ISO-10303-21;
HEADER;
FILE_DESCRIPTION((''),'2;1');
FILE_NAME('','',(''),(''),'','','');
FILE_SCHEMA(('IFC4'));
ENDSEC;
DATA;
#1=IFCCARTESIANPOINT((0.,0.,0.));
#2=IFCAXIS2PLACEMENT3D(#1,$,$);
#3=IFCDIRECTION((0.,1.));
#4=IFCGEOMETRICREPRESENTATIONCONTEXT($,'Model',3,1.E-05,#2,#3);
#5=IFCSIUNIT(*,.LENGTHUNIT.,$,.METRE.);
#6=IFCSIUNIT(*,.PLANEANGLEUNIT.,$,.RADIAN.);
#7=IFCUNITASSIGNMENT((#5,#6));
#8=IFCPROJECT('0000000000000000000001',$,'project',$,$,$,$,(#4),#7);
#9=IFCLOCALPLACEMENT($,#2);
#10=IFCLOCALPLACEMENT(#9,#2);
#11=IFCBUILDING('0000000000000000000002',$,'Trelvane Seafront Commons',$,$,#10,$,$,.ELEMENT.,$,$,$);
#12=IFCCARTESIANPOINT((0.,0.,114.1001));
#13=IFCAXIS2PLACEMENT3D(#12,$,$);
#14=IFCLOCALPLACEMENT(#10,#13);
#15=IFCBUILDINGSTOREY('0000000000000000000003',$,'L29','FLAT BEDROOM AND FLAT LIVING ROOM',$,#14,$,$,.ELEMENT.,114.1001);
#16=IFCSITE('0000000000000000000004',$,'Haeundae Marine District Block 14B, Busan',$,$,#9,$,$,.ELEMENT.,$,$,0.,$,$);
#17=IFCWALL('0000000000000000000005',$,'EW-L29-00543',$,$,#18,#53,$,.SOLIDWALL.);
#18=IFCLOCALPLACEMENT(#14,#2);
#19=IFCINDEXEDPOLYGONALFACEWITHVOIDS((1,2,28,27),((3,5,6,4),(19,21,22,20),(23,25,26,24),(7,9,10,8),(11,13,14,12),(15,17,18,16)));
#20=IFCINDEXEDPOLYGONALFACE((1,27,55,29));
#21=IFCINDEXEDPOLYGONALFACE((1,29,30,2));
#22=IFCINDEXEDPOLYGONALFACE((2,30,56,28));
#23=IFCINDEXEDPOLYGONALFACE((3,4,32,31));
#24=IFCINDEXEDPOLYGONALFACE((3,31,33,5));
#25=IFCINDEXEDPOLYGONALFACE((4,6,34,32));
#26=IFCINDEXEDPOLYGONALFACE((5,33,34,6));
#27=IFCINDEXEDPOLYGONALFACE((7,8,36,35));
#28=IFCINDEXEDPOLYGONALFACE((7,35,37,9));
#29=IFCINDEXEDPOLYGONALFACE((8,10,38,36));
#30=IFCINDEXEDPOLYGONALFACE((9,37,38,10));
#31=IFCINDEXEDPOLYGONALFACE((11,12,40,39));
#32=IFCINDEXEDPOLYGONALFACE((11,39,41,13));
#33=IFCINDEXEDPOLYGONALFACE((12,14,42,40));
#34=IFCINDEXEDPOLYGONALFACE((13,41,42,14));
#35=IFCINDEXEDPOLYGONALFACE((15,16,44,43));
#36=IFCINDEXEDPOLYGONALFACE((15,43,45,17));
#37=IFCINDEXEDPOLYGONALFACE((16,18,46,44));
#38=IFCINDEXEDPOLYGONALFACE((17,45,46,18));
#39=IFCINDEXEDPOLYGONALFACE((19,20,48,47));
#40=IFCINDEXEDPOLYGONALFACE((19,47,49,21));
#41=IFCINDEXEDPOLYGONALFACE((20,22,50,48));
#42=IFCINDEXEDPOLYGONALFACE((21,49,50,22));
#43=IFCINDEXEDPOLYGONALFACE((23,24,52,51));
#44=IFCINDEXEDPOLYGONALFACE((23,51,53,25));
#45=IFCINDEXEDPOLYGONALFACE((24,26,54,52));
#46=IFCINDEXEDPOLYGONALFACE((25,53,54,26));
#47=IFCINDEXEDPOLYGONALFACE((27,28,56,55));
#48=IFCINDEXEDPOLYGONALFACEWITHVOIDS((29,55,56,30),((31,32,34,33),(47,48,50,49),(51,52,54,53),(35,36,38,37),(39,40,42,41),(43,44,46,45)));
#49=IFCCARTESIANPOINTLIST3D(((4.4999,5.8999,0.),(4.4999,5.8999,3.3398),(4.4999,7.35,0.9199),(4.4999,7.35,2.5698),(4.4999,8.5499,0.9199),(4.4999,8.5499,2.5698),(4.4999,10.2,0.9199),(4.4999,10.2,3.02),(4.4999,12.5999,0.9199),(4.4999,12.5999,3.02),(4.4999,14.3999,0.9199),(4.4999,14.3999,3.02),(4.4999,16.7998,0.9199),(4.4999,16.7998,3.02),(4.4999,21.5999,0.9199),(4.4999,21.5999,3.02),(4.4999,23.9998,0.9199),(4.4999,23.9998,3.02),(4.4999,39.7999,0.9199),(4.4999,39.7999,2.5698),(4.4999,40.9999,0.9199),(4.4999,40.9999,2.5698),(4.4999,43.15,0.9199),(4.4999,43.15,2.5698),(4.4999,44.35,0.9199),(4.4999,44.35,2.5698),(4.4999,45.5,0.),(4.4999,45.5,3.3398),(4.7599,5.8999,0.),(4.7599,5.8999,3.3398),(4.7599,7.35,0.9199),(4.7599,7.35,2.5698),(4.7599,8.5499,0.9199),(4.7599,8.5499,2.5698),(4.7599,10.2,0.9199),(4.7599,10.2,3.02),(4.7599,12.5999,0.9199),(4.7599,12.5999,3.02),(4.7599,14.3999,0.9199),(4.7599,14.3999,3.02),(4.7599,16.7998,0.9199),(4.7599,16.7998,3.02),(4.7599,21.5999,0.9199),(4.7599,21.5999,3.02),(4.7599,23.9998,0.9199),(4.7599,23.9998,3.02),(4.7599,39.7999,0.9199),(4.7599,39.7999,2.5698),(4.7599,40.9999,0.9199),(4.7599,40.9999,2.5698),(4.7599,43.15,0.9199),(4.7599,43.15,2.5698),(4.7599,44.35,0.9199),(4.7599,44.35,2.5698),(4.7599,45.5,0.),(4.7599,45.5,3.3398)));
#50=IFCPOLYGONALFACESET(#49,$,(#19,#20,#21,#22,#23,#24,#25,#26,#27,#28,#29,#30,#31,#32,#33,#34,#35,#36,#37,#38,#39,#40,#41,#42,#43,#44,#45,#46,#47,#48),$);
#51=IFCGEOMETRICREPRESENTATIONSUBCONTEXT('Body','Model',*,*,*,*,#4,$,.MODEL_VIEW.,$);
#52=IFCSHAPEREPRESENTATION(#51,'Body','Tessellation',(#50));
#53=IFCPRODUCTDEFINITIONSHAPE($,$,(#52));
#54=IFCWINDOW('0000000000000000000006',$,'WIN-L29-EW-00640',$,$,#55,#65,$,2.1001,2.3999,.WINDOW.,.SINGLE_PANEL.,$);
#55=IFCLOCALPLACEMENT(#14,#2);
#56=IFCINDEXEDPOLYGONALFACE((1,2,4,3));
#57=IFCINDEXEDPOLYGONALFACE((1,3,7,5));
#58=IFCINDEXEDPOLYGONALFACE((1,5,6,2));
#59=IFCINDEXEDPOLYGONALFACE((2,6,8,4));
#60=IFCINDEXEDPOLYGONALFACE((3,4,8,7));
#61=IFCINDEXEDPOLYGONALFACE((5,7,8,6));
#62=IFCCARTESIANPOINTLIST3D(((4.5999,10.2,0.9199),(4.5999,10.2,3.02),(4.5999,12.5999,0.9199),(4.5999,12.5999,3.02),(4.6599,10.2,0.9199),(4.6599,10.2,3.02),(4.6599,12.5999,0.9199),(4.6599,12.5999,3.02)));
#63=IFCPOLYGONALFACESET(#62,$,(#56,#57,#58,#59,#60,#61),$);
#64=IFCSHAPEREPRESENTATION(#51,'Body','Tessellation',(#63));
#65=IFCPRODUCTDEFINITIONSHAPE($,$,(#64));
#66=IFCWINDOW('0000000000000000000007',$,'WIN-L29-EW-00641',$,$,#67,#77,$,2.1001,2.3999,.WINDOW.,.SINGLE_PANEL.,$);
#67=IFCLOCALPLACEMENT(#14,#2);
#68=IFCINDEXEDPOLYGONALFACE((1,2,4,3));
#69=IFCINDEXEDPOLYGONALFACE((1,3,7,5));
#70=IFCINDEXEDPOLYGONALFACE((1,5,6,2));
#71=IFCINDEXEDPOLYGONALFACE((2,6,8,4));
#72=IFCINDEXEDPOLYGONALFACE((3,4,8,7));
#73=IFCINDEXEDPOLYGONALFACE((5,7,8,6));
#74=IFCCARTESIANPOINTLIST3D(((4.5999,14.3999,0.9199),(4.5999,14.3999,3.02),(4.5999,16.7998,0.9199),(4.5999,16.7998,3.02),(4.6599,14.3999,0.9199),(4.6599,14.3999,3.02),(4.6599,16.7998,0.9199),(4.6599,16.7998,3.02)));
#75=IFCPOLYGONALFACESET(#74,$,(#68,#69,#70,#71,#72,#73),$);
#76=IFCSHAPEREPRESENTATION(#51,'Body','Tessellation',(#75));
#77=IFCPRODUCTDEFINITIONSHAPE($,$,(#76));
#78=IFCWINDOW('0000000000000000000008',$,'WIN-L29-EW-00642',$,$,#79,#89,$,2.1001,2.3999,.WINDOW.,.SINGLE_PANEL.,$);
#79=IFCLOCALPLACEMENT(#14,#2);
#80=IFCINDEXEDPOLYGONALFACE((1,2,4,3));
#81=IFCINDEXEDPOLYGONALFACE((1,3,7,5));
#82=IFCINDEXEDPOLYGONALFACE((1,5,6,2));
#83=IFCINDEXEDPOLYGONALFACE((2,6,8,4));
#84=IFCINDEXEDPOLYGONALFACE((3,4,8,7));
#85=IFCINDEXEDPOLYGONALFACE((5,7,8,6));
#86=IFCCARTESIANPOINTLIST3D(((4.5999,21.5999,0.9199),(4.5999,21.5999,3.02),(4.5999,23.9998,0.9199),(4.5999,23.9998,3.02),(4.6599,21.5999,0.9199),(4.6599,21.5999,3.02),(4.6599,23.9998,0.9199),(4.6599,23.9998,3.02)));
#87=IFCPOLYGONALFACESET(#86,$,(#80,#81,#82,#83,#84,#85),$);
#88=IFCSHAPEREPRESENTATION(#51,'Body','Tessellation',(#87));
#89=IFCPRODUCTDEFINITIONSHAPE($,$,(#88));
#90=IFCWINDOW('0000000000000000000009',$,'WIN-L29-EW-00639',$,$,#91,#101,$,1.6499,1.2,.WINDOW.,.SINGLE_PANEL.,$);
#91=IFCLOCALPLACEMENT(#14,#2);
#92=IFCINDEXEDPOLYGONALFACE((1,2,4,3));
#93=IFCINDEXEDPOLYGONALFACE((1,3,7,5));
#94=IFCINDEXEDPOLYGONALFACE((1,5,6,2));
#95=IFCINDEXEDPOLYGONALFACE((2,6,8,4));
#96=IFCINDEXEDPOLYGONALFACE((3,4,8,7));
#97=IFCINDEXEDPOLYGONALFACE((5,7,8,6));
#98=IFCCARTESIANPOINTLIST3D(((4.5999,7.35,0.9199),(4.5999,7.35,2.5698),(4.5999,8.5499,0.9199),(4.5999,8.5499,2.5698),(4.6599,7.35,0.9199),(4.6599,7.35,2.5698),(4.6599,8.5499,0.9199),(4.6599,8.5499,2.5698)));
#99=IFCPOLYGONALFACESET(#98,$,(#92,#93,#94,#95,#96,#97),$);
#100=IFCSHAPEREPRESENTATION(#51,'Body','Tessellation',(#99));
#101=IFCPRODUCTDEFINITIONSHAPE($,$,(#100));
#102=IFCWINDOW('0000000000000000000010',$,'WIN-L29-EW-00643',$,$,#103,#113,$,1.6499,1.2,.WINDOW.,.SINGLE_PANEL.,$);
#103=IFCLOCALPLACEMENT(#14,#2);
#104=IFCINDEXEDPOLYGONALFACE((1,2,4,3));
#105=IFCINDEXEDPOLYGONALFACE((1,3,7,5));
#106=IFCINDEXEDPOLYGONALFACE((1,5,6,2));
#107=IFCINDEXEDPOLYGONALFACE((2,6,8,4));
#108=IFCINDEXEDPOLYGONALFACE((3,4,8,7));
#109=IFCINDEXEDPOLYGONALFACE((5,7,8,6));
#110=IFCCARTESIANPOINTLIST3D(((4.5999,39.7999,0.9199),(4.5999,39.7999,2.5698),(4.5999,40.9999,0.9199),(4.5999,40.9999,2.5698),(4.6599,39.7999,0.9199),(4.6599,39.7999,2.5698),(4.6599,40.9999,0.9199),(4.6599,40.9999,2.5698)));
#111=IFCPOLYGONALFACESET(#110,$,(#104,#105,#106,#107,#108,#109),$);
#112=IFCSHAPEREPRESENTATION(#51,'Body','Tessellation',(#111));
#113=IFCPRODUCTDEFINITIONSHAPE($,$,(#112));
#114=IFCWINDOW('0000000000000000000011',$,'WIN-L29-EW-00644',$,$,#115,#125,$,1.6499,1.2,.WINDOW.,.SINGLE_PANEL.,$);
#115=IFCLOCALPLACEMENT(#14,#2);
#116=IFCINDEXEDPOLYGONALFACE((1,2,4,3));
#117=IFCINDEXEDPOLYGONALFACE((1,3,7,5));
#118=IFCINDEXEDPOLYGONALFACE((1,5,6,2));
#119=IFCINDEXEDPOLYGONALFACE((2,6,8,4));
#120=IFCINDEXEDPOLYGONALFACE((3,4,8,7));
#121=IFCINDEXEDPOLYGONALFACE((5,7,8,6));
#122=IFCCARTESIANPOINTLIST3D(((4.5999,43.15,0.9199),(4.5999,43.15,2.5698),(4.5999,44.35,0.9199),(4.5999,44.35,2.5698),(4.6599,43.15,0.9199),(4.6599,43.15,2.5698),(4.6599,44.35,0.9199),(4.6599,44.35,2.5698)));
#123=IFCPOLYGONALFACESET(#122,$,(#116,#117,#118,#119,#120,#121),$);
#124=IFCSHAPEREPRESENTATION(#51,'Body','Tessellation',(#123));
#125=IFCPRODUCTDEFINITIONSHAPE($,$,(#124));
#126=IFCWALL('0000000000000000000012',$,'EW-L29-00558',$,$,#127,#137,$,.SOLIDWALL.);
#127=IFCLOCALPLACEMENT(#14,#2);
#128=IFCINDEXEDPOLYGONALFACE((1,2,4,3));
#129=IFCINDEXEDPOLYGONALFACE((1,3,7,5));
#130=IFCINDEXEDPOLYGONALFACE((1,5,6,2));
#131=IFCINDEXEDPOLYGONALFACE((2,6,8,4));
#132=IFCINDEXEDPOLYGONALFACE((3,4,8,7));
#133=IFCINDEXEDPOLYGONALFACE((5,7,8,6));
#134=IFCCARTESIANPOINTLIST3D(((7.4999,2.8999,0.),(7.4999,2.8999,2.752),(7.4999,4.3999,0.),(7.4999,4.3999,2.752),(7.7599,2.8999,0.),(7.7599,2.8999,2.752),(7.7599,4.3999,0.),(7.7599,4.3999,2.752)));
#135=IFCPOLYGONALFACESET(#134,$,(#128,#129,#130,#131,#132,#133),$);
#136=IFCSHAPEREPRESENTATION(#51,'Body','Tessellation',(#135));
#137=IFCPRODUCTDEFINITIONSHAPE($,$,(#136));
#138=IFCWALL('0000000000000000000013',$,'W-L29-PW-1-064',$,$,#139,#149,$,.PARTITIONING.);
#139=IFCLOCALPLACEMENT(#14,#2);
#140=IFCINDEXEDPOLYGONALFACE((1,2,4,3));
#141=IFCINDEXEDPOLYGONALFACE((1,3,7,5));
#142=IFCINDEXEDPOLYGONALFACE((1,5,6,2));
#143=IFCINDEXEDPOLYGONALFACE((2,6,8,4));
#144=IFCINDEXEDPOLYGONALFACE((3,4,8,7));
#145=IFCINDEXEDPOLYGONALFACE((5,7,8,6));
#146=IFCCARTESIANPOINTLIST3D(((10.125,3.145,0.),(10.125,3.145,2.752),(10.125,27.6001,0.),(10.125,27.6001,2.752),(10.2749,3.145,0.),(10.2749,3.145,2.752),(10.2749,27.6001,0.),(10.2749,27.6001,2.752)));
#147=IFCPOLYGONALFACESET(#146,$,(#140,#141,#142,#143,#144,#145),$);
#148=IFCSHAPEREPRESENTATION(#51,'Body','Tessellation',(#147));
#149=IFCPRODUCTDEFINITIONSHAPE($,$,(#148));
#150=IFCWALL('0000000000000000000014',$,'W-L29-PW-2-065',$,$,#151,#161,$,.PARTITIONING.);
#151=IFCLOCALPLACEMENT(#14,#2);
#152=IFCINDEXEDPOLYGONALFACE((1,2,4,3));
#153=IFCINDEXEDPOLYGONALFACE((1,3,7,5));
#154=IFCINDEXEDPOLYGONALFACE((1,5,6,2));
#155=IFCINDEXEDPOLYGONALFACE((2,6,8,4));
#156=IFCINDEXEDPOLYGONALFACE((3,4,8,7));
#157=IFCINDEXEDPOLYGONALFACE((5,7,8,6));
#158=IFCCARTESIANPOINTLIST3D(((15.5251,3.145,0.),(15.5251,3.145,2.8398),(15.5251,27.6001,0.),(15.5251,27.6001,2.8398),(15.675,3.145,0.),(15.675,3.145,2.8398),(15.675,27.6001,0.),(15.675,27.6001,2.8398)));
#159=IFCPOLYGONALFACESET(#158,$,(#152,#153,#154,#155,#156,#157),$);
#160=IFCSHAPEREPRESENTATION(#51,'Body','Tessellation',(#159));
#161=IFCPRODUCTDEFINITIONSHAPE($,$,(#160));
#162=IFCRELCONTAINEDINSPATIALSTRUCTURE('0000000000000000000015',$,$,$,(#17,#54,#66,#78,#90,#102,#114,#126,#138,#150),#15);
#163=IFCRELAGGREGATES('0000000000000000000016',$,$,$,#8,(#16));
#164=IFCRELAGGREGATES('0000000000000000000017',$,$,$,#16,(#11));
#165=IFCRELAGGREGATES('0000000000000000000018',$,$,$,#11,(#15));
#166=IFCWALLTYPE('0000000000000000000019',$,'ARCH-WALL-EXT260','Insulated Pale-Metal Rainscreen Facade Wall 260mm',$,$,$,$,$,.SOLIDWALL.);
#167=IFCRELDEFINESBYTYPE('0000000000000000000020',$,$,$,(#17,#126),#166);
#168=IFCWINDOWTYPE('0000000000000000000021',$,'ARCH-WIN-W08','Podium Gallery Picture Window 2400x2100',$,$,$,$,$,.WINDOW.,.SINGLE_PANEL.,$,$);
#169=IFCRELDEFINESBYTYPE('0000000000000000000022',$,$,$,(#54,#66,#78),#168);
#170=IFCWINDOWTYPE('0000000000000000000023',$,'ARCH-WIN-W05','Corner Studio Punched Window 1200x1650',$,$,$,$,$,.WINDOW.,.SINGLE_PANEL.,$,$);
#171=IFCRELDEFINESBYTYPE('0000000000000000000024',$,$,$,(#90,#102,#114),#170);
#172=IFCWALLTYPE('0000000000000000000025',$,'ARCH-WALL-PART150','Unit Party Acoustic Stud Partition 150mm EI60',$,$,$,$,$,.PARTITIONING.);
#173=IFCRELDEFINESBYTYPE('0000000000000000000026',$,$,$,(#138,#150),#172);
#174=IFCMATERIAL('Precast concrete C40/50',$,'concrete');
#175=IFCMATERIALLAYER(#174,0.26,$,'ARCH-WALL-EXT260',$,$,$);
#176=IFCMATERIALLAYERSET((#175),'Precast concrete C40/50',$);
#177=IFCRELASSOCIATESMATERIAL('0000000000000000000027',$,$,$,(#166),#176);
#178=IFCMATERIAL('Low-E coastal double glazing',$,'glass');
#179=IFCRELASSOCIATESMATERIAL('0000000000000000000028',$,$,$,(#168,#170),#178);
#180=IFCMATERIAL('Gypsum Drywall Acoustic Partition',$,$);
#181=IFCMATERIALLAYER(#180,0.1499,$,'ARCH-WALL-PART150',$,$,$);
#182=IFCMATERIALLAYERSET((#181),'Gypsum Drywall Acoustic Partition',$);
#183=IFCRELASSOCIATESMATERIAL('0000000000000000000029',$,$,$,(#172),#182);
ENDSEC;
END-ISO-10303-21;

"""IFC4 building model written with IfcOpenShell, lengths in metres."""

from ifc_helpers import new_model, si_unit, direction, frame, frame_2d, origin, place, context, subcontext, project, spatial, rectangle, extrude, source, transform, mapped, material, layer, layer_set, type_object, element, fill, save


model = new_model("IFC4")

# Units and contexts
model_context = context("Model", 3, precision=1e-05, world=origin(), true_north=direction((0.0, 1.0)))
body_context = subcontext(model_context, "Body", "Model", "MODEL_VIEW")
ifc_project = project(units=[si_unit("LENGTHUNIT", "METRE"), si_unit("PLANEANGLEUNIT", "RADIAN")], contexts=[model_context])

# Site, building, storey
site_placement = place(None, origin())
site = spatial("IfcSite", under=ifc_project, at=site_placement, Name="Haeundae Marine District Block 14B, Busan", CompositionType="ELEMENT", RefElevation=0.0)
building_placement = place(site_placement, origin())
building = spatial("IfcBuilding", under=site, at=building_placement, Name="Trelvane Seafront Commons", CompositionType="ELEMENT")
storey_placement = place(building_placement, frame((0.0, 0.0, 114.1001)))
storey = spatial("IfcBuildingStorey", under=building, at=storey_placement, Name="L29", Description="FLAT BEDROOM AND FLAT LIVING ROOM", CompositionType="ELEMENT", Elevation=114.1001)

# Shared definitions
ifc_material_1 = material(Name="Precast concrete C40/50", Category="concrete")
ifc_layer_1 = layer(ifc_material_1, 0.26, Name="ARCH-WALL-EXT260")
ifc_layer_set_1 = layer_set([ifc_layer_1], Name="Precast concrete C40/50")
wall_type_1 = type_object("IfcWallType", Name="ARCH-WALL-EXT260", Description="Insulated Pale-Metal Rainscreen Facade Wall 260mm", PredefinedType="SOLIDWALL", material=ifc_layer_set_1)

# Wall, openings, windows
wall_1_placement = place(storey_placement, frame((4.6299, 5.8999, 0.0), z_axis=(0.0, 0.0, 1.0), x_axis=(0.0, 1.0, 0.0)))
wall_1 = element("IfcWall", 1, at=wall_1_placement, inside=storey, type_object=wall_type_1, Name="EW-L29-00543", PredefinedType="SOLIDWALL", context=body_context, shape_type="SweptSolid", body=[
    extrude(rectangle(XDim=39.6001, YDim=0.26, at=frame_2d((19.8, 0.0))), origin(), (0.0, 0.0, 1.0), 3.3398),
])
opening_1_placement = place(wall_1_placement, frame((1.45, 0.0, 0.9199)))
opening_1 = element("IfcOpeningElement", 2, at=opening_1_placement, cuts=wall_1, PredefinedType="OPENING", context=body_context, shape_type="SweptSolid", body=[
    extrude(rectangle(XDim=1.2, YDim=1.6499, at=frame_2d((0.6001, 0.825))), frame((0.0, 0.1399, 0.0), z_axis=(0.0, -1.0, 0.0), x_axis=(1.0, 0.0, 0.0)), (0.0, 0.0, 1.0), 0.28),
])
opening_2_placement = place(wall_1_placement, frame((4.3, 0.0, 0.9199)))
opening_2 = element("IfcOpeningElement", 3, at=opening_2_placement, cuts=wall_1, PredefinedType="OPENING", context=body_context, shape_type="SweptSolid", body=[
    extrude(rectangle(XDim=2.3999, YDim=2.1001, at=frame_2d((1.2, 1.05))), frame((0.0, 0.1399, 0.0), z_axis=(0.0, -1.0, 0.0), x_axis=(1.0, 0.0, 0.0)), (0.0, 0.0, 1.0), 0.28),
])
opening_3_placement = place(wall_1_placement, frame((8.5, 0.0, 0.9199)))
opening_3 = element("IfcOpeningElement", 4, at=opening_3_placement, cuts=wall_1, PredefinedType="OPENING", context=body_context, shape_type="SweptSolid", body=[
    extrude(rectangle(XDim=2.3999, YDim=2.1001, at=frame_2d((1.2, 1.05))), frame((0.0, 0.1399, 0.0), z_axis=(0.0, -1.0, 0.0), x_axis=(1.0, 0.0, 0.0)), (0.0, 0.0, 1.0), 0.28),
])
opening_4_placement = place(wall_1_placement, frame((15.7, 0.0, 0.9199)))
opening_4 = element("IfcOpeningElement", 5, at=opening_4_placement, cuts=wall_1, PredefinedType="OPENING", context=body_context, shape_type="SweptSolid", body=[
    extrude(rectangle(XDim=2.3999, YDim=2.1001, at=frame_2d((1.2, 1.05))), frame((0.0, 0.1399, 0.0), z_axis=(0.0, -1.0, 0.0), x_axis=(1.0, 0.0, 0.0)), (0.0, 0.0, 1.0), 0.28),
])
opening_5_placement = place(wall_1_placement, frame((33.8999, 0.0, 0.9199)))
opening_5 = element("IfcOpeningElement", 6, at=opening_5_placement, cuts=wall_1, PredefinedType="OPENING", context=body_context, shape_type="SweptSolid", body=[
    extrude(rectangle(XDim=1.2, YDim=1.6499, at=frame_2d((0.6001, 0.825))), frame((0.0, 0.1399, 0.0), z_axis=(0.0, -1.0, 0.0), x_axis=(1.0, 0.0, 0.0)), (0.0, 0.0, 1.0), 0.28),
])
opening_6_placement = place(wall_1_placement, frame((37.25, 0.0, 0.9199)))
opening_6 = element("IfcOpeningElement", 7, at=opening_6_placement, cuts=wall_1, PredefinedType="OPENING", context=body_context, shape_type="SweptSolid", body=[
    extrude(rectangle(XDim=1.2, YDim=1.6499, at=frame_2d((0.6001, 0.825))), frame((0.0, 0.1399, 0.0), z_axis=(0.0, -1.0, 0.0), x_axis=(1.0, 0.0, 0.0)), (0.0, 0.0, 1.0), 0.28),
])
ifc_material_2 = material(Name="Low-E coastal double glazing", Category="glass")
window_type_1 = type_object("IfcWindowType", Name="ARCH-WIN-W08", Description="Podium Gallery Picture Window 2400x2100", PartitioningType="SINGLE_PANEL", PredefinedType="WINDOW", material=ifc_material_2)
shared_shape_1 = source(origin(), body_context, "Body", "SweptSolid", [
    extrude(rectangle(XDim=2.3999, YDim=2.1001, at=frame_2d((1.2, 1.05))), frame((0.0, 0.03, 0.0), z_axis=(0.0, -1.0, 0.0), x_axis=(1.0, 0.0, 0.0)), (0.0, 0.0, 1.0), 0.0601),
])
window_1_placement = place(opening_2_placement, origin())
window_1 = element("IfcWindow", 8, at=window_1_placement, inside=storey, type_object=window_type_1, Name="WIN-L29-EW-00640", OverallHeight=2.1001, OverallWidth=2.3999, PartitioningType="SINGLE_PANEL", PredefinedType="WINDOW", context=body_context, shape_type="MappedRepresentation", body=[
    mapped(shared_shape_1, transform((0.0, 0.0, 0.0), x_axis=(1.0, 0.0, 0.0), y_axis=(0.0, 1.0, 0.0), z_axis=(0.0, 0.0, 1.0), scale=1.0)),
])
fill(opening_2, window_1)
window_2_placement = place(opening_3_placement, origin())
window_2 = element("IfcWindow", 9, at=window_2_placement, inside=storey, type_object=window_type_1, Name="WIN-L29-EW-00641", OverallHeight=2.1001, OverallWidth=2.3999, PartitioningType="SINGLE_PANEL", PredefinedType="WINDOW", context=body_context, shape_type="MappedRepresentation", body=[
    mapped(shared_shape_1, transform((0.0, 0.0, 0.0), x_axis=(1.0, 0.0, 0.0), y_axis=(0.0, 1.0, 0.0), z_axis=(0.0, 0.0, 1.0), scale=1.0)),
])
fill(opening_3, window_2)
window_3_placement = place(opening_4_placement, origin())
window_3 = element("IfcWindow", 10, at=window_3_placement, inside=storey, type_object=window_type_1, Name="WIN-L29-EW-00642", OverallHeight=2.1001, OverallWidth=2.3999, PartitioningType="SINGLE_PANEL", PredefinedType="WINDOW", context=body_context, shape_type="MappedRepresentation", body=[
    mapped(shared_shape_1, transform((0.0, 0.0, 0.0), x_axis=(1.0, 0.0, 0.0), y_axis=(0.0, 1.0, 0.0), z_axis=(0.0, 0.0, 1.0), scale=1.0)),
])
fill(opening_4, window_3)
window_type_2 = type_object("IfcWindowType", Name="ARCH-WIN-W05", Description="Corner Studio Punched Window 1200x1650", PartitioningType="SINGLE_PANEL", PredefinedType="WINDOW", material=ifc_material_2)
shared_shape_2 = source(origin(), body_context, "Body", "SweptSolid", [
    extrude(rectangle(XDim=1.2, YDim=1.6499, at=frame_2d((0.6001, 0.825))), frame((0.0, 0.03, 0.0), z_axis=(0.0, -1.0, 0.0), x_axis=(1.0, 0.0, 0.0)), (0.0, 0.0, 1.0), 0.0601),
])
window_4_placement = place(opening_1_placement, origin())
window_4 = element("IfcWindow", 11, at=window_4_placement, inside=storey, type_object=window_type_2, Name="WIN-L29-EW-00639", OverallHeight=1.6499, OverallWidth=1.2, PartitioningType="SINGLE_PANEL", PredefinedType="WINDOW", context=body_context, shape_type="MappedRepresentation", body=[
    mapped(shared_shape_2, transform((0.0, 0.0, 0.0), x_axis=(1.0, 0.0, 0.0), y_axis=(0.0, 1.0, 0.0), z_axis=(0.0, 0.0, 1.0), scale=1.0)),
])
fill(opening_1, window_4)
window_5_placement = place(opening_5_placement, origin())
window_5 = element("IfcWindow", 12, at=window_5_placement, inside=storey, type_object=window_type_2, Name="WIN-L29-EW-00643", OverallHeight=1.6499, OverallWidth=1.2, PartitioningType="SINGLE_PANEL", PredefinedType="WINDOW", context=body_context, shape_type="MappedRepresentation", body=[
    mapped(shared_shape_2, transform((0.0, 0.0, 0.0), x_axis=(1.0, 0.0, 0.0), y_axis=(0.0, 1.0, 0.0), z_axis=(0.0, 0.0, 1.0), scale=1.0)),
])
fill(opening_5, window_5)
window_6_placement = place(opening_6_placement, origin())
window_6 = element("IfcWindow", 13, at=window_6_placement, inside=storey, type_object=window_type_2, Name="WIN-L29-EW-00644", OverallHeight=1.6499, OverallWidth=1.2, PartitioningType="SINGLE_PANEL", PredefinedType="WINDOW", context=body_context, shape_type="MappedRepresentation", body=[
    mapped(shared_shape_2, transform((0.0, 0.0, 0.0), x_axis=(1.0, 0.0, 0.0), y_axis=(0.0, 1.0, 0.0), z_axis=(0.0, 0.0, 1.0), scale=1.0)),
])
fill(opening_6, window_6)

# Wall
wall_2_placement = place(storey_placement, frame((7.6299, 2.8999, 0.0), z_axis=(0.0, 0.0, 1.0), x_axis=(0.0, 1.0, 0.0)))
element("IfcWall", 14, at=wall_2_placement, inside=storey, type_object=wall_type_1, Name="EW-L29-00558", PredefinedType="SOLIDWALL", context=body_context, shape_type="SweptSolid", body=[
    extrude(rectangle(XDim=1.5, YDim=0.26, at=frame_2d((0.75, 0.0))), origin(), (0.0, 0.0, 1.0), 2.752),
])

# Shared definitions
ifc_material_3 = material(Name="Gypsum Drywall Acoustic Partition")

# Walls
ifc_layer_2 = layer(ifc_material_3, 0.1499, Name="ARCH-WALL-PART150")
ifc_layer_set_2 = layer_set([ifc_layer_2], Name="Gypsum Drywall Acoustic Partition")
wall_type_2 = type_object("IfcWallType", Name="ARCH-WALL-PART150", Description="Unit Party Acoustic Stud Partition 150mm EI60", PredefinedType="PARTITIONING", material=ifc_layer_set_2)
wall_3_placement = place(storey_placement, frame((10.2, 3.145, 0.0), z_axis=(0.0, 0.0, 1.0), x_axis=(0.0, 1.0, 0.0)))
element("IfcWall", 15, at=wall_3_placement, inside=storey, type_object=wall_type_2, Name="W-L29-PW-1-064", PredefinedType="PARTITIONING", context=body_context, shape_type="SweptSolid", body=[
    extrude(rectangle(XDim=24.4551, YDim=0.1499, at=frame_2d((12.2275, 0.0))), origin(), (0.0, 0.0, 1.0), 2.752),
])
wall_4_placement = place(storey_placement, frame((15.6001, 3.145, 0.0), z_axis=(0.0, 0.0, 1.0), x_axis=(0.0, 1.0, 0.0)))
element("IfcWall", 16, at=wall_4_placement, inside=storey, type_object=wall_type_2, Name="W-L29-PW-2-065", PredefinedType="PARTITIONING", context=body_context, shape_type="SweptSolid", body=[
    extrude(rectangle(XDim=24.4551, YDim=0.1499, at=frame_2d((12.2275, 0.0))), origin(), (0.0, 0.0, 1.0), 2.8398),
])

save(model, "model.ifc")
